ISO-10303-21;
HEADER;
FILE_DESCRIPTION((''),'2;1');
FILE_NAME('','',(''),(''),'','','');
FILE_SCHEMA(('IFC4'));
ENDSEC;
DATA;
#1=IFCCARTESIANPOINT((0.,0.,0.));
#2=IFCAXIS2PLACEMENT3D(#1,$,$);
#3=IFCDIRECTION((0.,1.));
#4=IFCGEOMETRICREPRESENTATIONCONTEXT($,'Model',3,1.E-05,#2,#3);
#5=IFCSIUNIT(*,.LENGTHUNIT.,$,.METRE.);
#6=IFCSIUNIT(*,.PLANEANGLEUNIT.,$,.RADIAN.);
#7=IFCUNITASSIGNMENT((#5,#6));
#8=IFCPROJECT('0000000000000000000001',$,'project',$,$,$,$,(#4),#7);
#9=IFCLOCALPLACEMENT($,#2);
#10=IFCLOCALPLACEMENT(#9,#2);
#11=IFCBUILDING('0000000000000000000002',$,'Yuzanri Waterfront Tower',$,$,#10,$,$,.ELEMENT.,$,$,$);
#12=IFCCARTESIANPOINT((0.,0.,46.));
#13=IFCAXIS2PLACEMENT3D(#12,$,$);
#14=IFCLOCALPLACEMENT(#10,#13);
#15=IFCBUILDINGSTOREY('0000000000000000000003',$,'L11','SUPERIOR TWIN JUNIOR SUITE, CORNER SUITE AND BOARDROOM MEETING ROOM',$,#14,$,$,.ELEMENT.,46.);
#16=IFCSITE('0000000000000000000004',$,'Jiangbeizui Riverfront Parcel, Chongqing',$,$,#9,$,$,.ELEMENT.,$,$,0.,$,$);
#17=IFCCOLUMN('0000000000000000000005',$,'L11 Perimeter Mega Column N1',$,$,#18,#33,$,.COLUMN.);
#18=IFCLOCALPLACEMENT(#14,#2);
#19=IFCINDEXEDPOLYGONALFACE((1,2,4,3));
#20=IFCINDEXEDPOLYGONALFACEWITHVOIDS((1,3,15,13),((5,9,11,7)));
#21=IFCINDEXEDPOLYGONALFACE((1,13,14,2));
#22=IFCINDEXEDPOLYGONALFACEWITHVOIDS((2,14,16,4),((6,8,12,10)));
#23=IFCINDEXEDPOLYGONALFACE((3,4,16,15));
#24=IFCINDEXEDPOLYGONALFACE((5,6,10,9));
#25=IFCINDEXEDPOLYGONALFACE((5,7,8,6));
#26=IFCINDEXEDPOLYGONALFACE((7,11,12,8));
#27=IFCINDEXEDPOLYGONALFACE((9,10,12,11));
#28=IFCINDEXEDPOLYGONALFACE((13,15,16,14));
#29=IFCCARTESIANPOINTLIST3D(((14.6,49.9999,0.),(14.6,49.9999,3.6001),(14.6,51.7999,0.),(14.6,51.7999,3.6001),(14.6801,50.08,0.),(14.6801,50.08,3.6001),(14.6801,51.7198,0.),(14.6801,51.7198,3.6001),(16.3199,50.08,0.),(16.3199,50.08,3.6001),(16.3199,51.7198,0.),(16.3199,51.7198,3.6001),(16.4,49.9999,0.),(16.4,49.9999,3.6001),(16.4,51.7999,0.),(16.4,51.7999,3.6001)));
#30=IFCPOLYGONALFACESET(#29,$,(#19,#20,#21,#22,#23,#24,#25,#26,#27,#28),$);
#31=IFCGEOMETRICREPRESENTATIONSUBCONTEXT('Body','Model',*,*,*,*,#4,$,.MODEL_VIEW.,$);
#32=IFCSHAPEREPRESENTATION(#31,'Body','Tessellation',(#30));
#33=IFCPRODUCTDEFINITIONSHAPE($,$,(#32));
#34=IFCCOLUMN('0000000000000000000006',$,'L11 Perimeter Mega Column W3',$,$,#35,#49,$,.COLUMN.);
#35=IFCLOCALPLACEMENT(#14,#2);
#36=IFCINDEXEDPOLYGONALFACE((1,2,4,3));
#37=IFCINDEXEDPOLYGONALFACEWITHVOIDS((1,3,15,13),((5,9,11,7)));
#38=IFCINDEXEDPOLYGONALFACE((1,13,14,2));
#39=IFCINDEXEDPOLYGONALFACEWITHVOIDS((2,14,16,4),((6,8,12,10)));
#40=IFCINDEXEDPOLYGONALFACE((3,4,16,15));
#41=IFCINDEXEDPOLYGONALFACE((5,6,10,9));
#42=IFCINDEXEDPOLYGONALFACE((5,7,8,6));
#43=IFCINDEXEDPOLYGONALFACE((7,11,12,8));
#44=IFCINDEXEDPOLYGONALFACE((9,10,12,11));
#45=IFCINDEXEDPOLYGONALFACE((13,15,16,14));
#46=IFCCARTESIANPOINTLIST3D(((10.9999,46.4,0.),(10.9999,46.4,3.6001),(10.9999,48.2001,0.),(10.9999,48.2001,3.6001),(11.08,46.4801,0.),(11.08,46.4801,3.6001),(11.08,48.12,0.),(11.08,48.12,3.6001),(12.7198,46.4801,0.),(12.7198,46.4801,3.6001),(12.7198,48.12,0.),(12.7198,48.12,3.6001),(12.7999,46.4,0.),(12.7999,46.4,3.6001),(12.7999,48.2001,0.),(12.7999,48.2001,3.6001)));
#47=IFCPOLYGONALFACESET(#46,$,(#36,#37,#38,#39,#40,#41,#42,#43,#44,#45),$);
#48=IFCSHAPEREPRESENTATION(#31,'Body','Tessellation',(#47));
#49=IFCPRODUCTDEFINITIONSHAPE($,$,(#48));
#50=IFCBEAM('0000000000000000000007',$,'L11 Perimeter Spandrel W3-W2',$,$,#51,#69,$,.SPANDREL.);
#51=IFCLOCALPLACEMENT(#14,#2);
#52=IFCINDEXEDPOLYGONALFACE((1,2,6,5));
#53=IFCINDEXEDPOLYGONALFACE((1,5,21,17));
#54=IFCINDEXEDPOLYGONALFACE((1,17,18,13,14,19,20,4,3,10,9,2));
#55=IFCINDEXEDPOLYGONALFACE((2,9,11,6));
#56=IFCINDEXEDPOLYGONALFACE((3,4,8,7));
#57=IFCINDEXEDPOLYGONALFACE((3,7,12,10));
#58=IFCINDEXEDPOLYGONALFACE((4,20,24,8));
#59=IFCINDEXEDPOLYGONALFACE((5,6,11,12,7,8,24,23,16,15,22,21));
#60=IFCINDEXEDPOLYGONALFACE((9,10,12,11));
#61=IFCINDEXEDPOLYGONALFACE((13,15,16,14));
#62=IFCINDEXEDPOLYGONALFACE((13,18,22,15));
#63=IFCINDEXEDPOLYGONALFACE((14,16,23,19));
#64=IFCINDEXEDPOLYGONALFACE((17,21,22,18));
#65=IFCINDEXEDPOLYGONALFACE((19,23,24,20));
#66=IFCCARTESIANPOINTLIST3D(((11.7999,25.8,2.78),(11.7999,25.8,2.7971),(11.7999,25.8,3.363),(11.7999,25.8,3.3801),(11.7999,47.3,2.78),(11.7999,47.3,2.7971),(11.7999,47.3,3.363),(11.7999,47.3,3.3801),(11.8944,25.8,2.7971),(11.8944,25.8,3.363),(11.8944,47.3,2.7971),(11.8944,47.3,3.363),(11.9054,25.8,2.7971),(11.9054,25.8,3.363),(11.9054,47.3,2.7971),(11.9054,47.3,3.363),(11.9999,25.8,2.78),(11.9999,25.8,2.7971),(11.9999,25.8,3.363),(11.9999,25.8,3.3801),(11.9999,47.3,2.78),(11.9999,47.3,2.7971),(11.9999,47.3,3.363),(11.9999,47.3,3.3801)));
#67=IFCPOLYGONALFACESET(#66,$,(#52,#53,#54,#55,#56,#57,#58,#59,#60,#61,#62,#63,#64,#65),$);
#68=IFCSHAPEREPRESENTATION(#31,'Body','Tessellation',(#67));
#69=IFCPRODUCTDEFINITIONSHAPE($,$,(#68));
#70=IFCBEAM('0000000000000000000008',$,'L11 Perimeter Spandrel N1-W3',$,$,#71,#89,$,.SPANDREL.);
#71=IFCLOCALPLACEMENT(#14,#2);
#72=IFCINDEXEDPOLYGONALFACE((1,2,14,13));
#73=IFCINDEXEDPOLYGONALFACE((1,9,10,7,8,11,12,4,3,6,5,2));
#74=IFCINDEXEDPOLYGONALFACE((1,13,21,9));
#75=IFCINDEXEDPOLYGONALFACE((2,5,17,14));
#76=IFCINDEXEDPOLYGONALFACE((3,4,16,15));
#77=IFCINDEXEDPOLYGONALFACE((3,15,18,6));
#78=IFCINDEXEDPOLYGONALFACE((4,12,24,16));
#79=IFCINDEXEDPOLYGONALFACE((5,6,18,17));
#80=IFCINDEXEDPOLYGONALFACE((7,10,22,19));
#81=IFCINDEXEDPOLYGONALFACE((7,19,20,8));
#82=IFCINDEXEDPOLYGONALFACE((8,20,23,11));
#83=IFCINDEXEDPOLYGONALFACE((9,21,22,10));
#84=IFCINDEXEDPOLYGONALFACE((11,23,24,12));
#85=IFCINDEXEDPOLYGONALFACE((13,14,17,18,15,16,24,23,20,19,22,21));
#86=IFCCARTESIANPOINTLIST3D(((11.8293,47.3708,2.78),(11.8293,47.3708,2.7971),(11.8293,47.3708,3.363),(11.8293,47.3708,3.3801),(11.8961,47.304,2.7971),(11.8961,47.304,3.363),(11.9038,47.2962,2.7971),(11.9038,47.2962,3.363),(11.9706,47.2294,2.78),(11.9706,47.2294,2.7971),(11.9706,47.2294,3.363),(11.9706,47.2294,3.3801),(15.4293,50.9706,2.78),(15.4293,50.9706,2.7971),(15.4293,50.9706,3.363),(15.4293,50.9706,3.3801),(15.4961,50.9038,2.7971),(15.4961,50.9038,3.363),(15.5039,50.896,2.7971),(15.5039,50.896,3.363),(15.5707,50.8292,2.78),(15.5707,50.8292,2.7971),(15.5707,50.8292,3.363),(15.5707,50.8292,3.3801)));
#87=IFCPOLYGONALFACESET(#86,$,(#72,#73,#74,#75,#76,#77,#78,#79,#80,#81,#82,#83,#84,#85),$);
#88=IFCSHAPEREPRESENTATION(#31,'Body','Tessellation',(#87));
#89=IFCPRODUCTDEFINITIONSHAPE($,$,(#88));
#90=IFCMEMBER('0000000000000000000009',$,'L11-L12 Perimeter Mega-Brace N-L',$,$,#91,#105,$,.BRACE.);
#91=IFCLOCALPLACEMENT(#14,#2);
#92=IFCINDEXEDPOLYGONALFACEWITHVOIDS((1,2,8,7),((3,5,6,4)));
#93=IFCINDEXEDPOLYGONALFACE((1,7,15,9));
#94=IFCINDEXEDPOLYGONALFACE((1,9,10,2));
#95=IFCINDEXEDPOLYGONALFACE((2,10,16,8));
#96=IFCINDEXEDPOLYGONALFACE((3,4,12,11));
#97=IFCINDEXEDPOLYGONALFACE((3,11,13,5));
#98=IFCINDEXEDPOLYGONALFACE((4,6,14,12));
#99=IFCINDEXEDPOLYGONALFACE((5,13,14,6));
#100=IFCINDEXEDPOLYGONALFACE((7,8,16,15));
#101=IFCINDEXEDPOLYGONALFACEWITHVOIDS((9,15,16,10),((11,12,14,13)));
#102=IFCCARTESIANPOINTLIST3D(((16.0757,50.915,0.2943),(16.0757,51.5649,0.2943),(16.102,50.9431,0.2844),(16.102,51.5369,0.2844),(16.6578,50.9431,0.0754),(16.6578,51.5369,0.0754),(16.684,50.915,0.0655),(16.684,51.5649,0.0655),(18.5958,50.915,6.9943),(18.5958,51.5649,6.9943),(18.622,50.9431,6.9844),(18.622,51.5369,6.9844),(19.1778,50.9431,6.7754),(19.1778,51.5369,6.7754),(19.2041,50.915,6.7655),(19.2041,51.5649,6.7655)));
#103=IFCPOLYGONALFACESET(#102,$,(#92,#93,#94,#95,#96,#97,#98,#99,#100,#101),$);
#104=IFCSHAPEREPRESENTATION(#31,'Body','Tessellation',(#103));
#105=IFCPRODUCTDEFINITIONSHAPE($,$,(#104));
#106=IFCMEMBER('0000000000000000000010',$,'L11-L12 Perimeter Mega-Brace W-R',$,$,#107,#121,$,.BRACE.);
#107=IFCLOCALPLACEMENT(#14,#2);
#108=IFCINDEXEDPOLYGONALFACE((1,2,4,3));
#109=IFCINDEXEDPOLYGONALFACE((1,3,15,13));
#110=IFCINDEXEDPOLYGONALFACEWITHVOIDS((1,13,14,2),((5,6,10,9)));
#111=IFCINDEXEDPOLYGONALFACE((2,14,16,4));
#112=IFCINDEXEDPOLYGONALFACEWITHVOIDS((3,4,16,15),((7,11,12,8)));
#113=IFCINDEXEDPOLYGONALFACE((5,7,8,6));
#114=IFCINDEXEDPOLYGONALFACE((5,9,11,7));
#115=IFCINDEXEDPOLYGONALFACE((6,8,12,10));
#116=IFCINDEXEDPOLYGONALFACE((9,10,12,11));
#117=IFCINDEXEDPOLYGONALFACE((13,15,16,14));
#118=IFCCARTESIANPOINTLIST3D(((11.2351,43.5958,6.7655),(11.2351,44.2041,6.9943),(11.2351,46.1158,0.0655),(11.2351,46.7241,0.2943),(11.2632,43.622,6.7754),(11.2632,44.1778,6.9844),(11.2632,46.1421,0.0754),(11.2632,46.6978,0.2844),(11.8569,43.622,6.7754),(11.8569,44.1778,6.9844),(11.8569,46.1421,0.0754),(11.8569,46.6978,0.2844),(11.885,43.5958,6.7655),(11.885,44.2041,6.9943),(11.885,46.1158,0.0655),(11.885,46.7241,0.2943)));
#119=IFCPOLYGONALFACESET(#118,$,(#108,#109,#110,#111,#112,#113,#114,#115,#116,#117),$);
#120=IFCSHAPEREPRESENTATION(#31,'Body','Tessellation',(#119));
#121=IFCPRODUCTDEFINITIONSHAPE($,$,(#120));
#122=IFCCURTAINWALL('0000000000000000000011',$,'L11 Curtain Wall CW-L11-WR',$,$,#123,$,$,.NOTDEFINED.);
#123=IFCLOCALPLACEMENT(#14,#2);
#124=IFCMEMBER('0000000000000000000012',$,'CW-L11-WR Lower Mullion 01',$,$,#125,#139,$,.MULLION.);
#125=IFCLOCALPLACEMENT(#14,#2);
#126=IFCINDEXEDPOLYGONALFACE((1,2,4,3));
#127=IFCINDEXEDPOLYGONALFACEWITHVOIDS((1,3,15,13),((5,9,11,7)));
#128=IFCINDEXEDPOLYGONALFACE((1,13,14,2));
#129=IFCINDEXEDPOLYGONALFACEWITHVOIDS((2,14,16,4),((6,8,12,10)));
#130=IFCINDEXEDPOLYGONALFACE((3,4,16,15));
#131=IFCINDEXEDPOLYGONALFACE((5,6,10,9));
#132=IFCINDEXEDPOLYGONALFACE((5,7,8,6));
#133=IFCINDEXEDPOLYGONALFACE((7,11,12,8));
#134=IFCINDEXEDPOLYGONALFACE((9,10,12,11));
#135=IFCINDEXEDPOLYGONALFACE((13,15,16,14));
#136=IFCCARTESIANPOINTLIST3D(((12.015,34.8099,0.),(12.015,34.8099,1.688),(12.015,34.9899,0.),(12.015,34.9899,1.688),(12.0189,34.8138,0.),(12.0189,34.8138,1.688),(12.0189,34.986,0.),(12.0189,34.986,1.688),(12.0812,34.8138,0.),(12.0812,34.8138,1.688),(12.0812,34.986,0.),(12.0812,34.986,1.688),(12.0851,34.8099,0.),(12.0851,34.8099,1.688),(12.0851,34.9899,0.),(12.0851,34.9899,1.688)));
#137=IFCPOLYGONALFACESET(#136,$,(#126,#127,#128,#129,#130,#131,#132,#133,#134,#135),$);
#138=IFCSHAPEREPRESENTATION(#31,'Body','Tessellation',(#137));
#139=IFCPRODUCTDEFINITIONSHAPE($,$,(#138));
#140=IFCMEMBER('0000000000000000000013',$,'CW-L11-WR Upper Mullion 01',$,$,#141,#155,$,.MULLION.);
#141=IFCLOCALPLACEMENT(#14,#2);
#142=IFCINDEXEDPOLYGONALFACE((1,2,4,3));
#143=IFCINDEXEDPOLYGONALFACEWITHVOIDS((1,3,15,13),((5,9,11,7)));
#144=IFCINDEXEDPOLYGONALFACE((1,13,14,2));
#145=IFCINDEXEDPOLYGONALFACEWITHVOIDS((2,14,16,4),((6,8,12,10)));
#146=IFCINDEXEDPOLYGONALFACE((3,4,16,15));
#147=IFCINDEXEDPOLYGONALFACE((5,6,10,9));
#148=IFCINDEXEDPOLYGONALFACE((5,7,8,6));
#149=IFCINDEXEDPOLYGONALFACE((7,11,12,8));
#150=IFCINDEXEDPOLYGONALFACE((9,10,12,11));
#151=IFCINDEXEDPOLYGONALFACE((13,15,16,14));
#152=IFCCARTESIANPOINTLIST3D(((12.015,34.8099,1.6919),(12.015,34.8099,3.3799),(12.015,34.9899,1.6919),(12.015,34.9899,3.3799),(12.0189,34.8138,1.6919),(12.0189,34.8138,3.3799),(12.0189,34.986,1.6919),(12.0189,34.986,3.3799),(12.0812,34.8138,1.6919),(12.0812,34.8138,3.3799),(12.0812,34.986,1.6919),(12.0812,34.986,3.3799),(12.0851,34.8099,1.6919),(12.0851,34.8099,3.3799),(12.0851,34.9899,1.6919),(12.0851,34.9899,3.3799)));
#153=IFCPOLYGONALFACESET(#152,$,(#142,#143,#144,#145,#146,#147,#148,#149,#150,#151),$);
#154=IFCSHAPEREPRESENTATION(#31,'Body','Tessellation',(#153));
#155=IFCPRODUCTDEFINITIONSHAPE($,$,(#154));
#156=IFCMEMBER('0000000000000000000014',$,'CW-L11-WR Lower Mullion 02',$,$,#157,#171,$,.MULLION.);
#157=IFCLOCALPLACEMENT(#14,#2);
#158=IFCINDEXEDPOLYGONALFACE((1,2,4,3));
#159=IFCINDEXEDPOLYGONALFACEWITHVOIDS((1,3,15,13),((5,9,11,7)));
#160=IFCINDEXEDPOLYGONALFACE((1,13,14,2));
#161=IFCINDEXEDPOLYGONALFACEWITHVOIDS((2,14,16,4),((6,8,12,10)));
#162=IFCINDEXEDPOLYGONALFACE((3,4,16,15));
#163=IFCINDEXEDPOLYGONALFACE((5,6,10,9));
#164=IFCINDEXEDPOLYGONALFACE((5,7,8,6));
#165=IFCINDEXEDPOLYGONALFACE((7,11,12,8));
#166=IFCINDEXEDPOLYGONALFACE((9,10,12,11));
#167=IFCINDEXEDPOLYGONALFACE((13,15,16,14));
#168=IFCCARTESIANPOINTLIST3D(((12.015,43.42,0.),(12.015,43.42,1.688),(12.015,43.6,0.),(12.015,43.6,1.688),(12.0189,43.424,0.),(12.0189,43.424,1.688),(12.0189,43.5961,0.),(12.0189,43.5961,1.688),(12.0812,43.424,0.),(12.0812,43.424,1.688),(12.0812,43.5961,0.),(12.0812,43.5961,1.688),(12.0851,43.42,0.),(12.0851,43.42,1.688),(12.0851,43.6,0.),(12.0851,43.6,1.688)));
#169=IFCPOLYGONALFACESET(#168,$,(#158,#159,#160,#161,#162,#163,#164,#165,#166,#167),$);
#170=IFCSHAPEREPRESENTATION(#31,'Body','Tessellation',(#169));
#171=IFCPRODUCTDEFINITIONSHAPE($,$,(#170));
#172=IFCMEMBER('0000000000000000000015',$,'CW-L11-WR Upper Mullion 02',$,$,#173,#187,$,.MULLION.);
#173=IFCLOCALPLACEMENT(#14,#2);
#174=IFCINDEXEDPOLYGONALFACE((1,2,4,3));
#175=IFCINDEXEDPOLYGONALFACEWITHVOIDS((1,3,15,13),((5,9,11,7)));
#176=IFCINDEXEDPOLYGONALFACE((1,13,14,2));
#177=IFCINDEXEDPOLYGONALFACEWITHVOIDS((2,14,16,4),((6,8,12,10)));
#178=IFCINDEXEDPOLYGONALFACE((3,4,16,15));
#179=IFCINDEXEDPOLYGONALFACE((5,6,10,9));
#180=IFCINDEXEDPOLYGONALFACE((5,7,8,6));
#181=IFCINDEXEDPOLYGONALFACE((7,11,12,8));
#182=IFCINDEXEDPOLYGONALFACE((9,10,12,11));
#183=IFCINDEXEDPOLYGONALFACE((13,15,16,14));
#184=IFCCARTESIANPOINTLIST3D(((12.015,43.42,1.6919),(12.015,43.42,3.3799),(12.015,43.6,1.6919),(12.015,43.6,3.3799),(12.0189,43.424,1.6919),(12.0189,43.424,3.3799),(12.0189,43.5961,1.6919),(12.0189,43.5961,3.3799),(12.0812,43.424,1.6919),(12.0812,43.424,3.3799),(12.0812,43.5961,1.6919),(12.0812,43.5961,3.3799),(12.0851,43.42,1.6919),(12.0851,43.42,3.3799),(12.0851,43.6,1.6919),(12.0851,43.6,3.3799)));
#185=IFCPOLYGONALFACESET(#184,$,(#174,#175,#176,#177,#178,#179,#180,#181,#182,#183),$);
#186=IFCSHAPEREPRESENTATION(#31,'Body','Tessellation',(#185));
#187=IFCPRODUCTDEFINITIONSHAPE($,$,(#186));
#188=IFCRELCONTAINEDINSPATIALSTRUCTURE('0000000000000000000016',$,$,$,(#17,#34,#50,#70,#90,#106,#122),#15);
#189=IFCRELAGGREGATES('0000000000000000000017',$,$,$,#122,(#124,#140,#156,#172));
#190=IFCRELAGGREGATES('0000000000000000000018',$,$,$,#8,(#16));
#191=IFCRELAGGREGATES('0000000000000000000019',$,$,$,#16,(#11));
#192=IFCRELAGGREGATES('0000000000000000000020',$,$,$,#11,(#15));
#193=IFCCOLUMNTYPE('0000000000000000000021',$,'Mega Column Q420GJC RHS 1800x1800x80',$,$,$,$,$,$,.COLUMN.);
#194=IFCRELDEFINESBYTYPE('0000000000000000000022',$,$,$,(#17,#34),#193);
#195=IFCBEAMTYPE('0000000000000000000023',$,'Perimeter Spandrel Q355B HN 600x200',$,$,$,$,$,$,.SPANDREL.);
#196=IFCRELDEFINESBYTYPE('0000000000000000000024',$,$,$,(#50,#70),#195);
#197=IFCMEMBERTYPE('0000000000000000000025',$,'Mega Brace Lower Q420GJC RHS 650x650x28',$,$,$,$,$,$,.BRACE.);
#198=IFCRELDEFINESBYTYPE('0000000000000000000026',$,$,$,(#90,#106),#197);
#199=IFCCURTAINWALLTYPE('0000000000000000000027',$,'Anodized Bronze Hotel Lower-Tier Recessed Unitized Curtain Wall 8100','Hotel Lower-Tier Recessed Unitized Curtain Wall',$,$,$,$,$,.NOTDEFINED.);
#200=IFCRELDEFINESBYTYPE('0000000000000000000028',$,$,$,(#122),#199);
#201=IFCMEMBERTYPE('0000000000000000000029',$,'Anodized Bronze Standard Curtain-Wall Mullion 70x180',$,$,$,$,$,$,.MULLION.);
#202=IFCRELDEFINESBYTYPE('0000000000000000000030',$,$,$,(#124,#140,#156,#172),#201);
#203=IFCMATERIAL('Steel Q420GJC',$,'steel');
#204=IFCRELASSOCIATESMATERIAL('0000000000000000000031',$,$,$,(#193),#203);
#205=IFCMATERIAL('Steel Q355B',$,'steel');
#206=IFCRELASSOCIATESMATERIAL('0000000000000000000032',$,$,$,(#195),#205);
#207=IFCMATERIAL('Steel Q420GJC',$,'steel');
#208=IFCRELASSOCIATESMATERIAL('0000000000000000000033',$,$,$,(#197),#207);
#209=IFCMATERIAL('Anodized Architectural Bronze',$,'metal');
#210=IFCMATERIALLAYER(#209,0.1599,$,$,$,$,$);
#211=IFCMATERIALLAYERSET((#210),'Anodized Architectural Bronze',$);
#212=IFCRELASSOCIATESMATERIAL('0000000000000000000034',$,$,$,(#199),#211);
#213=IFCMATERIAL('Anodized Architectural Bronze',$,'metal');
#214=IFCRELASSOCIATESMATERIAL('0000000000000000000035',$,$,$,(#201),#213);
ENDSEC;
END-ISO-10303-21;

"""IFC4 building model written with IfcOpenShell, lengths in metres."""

from ifc_helpers import new_model, si_unit, direction, frame, origin, origin_2d, place, context, subcontext, project, spatial, hollow_rectangle, i_section, extrude, source, transform, mapped, material, layer, layer_set, material_profile, profile_set, type_object, element, aggregate, save


model = new_model("IFC4")

# Units and contexts
model_context = context("Model", 3, precision=1e-05, world=origin(), true_north=direction((0.0, 1.0)))
body_context = subcontext(model_context, "Body", "Model", "MODEL_VIEW")
ifc_project = project(units=[si_unit("LENGTHUNIT", "METRE"), si_unit("PLANEANGLEUNIT", "RADIAN")], contexts=[model_context])

# Site, building, storey
site_placement = place(None, origin())
site = spatial("IfcSite", under=ifc_project, at=site_placement, Name="Jiangbeizui Riverfront Parcel, Chongqing", CompositionType="ELEMENT", RefElevation=0.0)
building_placement = place(site_placement, origin())
building = spatial("IfcBuilding", under=site, at=building_placement, Name="Yuzanri Waterfront Tower", CompositionType="ELEMENT")
storey_placement = place(building_placement, frame((0.0, 0.0, 46.0)))
storey = spatial("IfcBuildingStorey", under=building, at=storey_placement, Name="L11", Description="SUPERIOR TWIN JUNIOR SUITE, CORNER SUITE AND BOARDROOM MEETING ROOM", CompositionType="ELEMENT", Elevation=46.0)

# Columns
ifc_material_1 = material(Name="Steel Q420GJC", Category="steel")
ifc_material_profile_1 = material_profile(ifc_material_1, hollow_rectangle(XDim=1.8, YDim=1.8, WallThickness=0.0801, at=origin_2d()), Name="RHS 1800x1800x80")
ifc_profile_set_1 = profile_set([ifc_material_profile_1], Name="Steel Q420GJC")
column_type = type_object("IfcColumnType", Name="Mega Column Q420GJC RHS 1800x1800x80", PredefinedType="COLUMN", material=ifc_profile_set_1)
shared_shape_1 = source(origin(), body_context, "Body", "SweptSolid", [
    extrude(hollow_rectangle(XDim=1.8, YDim=1.8, WallThickness=0.0801, at=origin_2d()), origin(), (0.0, 0.0, 1.0), 3.6001),
])
for number, where, z_axis, x_axis, name in (
    (1, (15.5, 50.8999, 0.0), (0.0, 0.0, 1.0), (1.0, 0.0, 0.0), "L11 Perimeter Mega Column N1"),
    (2, (11.8999, 47.3, 0.0), (0.0, 0.0, 1.0), (1.0, 0.0, 0.0), "L11 Perimeter Mega Column W3"),
):
    element("IfcColumn", number, at=place(storey_placement, frame(where, z_axis=z_axis, x_axis=x_axis)), inside=storey, type_object=column_type, Name=name, PredefinedType="COLUMN", context=body_context, shape_type="MappedRepresentation", body=[
        mapped(shared_shape_1, transform((0.0, 0.0, 0.0), scale=1.0)),
    ])

# Beams
ifc_material_2 = material(Name="Steel Q355B", Category="steel")
ifc_material_profile_2 = material_profile(ifc_material_2, i_section(OverallWidth=0.2, OverallDepth=0.6001, WebThickness=0.011, FlangeThickness=0.0171, at=origin_2d()), Name="HN 600x200x11x17")
ifc_profile_set_2 = profile_set([ifc_material_profile_2], Name="Steel Q355B")
beam_type = type_object("IfcBeamType", Name="Perimeter Spandrel Q355B HN 600x200", PredefinedType="SPANDREL", material=ifc_profile_set_2)
shared_shape_2 = source(origin(), body_context, "Body", "SweptSolid", [
    extrude(i_section(OverallWidth=0.2, OverallDepth=0.6001, WebThickness=0.011, FlangeThickness=0.0171, at=origin_2d()), origin(), (0.0, 0.0, 1.0), 21.5),
])
beam_1_placement = place(storey_placement, frame((11.8999, 47.3, 3.0801), z_axis=(0.0, -1.0, 0.0), x_axis=(1.0, 0.0, 0.0)))
element("IfcBeam", 3, at=beam_1_placement, inside=storey, type_object=beam_type, Name="L11 Perimeter Spandrel W3-W2", PredefinedType="SPANDREL", context=body_context, shape_type="MappedRepresentation", body=[
    mapped(shared_shape_2, transform((0.0, 0.0, 0.0), scale=1.0)),
])
shared_shape_3 = source(origin(), body_context, "Body", "SweptSolid", [
    extrude(i_section(OverallWidth=0.2, OverallDepth=0.6001, WebThickness=0.011, FlangeThickness=0.0171, at=origin_2d()), origin(), (0.0, 0.0, 1.0), 5.0911),
])
beam_2_placement = place(storey_placement, frame((15.5, 50.8999, 3.0801), z_axis=(-0.707131, -0.707083, 0.0), x_axis=(0.707083, -0.707131, 0.0)))
element("IfcBeam", 4, at=beam_2_placement, inside=storey, type_object=beam_type, Name="L11 Perimeter Spandrel N1-W3", PredefinedType="SPANDREL", context=body_context, shape_type="MappedRepresentation", body=[
    mapped(shared_shape_3, transform((0.0, 0.0, 0.0), scale=1.0)),
])

# Members
ifc_material_3 = material(Name="Steel Q420GJC", Category="steel")
ifc_material_profile_3 = material_profile(ifc_material_3, hollow_rectangle(XDim=0.6499, YDim=0.6499, WallThickness=0.0281, at=origin_2d()), Name="RHS 650x650x28")
ifc_profile_set_3 = profile_set([ifc_material_profile_3], Name="Steel Q420GJC")
member_type_1 = type_object("IfcMemberType", Name="Mega Brace Lower Q420GJC RHS 650x650x28", PredefinedType="BRACE", material=ifc_profile_set_3)
shared_shape_4 = source(origin(), body_context, "Body", "SweptSolid", [
    extrude(hollow_rectangle(XDim=0.6499, YDim=0.6499, WallThickness=0.0281, at=origin_2d()), origin(), (0.0, 0.0, 1.0), 7.1582),
])
for number, where, z_axis, x_axis, name in (
    (5, (16.3799, 51.24, 0.1799), (0.352046, 0.0, 0.935983), (0.0, 1.0, 0.0), "L11-L12 Perimeter Mega-Brace N-L"),
    (6, (11.5601, 46.4199, 0.1799), (0.0, -0.352046, 0.935983), (1.0, 0.0, 0.0), "L11-L12 Perimeter Mega-Brace W-R"),
):
    element("IfcMember", number, at=place(storey_placement, frame(where, z_axis=z_axis, x_axis=x_axis)), inside=storey, type_object=member_type_1, Name=name, PredefinedType="BRACE", context=body_context, shape_type="MappedRepresentation", body=[
        mapped(shared_shape_4, transform((0.0, 0.0, 0.0), scale=1.0)),
    ])

# Curtain wall, members
ifc_material_4 = material(Name="Anodized Architectural Bronze", Category="metal")
ifc_layer_1 = layer(ifc_material_4, 0.1599)
ifc_layer_set_1 = layer_set([ifc_layer_1], Name="Anodized Architectural Bronze")
curtain_wall_type = type_object("IfcCurtainWallType", Name="Anodized Bronze Hotel Lower-Tier Recessed Unitized Curtain Wall 8100", Description="Hotel Lower-Tier Recessed Unitized Curtain Wall", PredefinedType="NOTDEFINED", material=ifc_layer_set_1)
curtain_wall_placement = place(storey_placement, origin())
curtain_wall = element("IfcCurtainWall", 7, at=curtain_wall_placement, inside=storey, type_object=curtain_wall_type, Name="L11 Curtain Wall CW-L11-WR", PredefinedType="NOTDEFINED")
ifc_material_5 = material(Name="Anodized Architectural Bronze", Category="metal")
ifc_material_profile_4 = material_profile(ifc_material_5, hollow_rectangle(XDim=0.0701, YDim=0.1799, WallThickness=0.0039, at=origin_2d()), Name="CWM 70x180")
ifc_profile_set_4 = profile_set([ifc_material_profile_4], Name="Anodized Architectural Bronze")
member_type_2 = type_object("IfcMemberType", Name="Anodized Bronze Standard Curtain-Wall Mullion 70x180", PredefinedType="MULLION", material=ifc_profile_set_4)
shared_shape_5 = source(origin(), body_context, "Body", "SweptSolid", [
    extrude(hollow_rectangle(XDim=0.0701, YDim=0.1799, WallThickness=0.0039, at=origin_2d()), origin(), (0.0, 0.0, 1.0), 1.688),
])
member_1_placement = place(storey_placement, frame((12.05, 34.8999, 0.0), z_axis=(0.0, 0.0, 1.0), x_axis=(1.0, 0.0, 0.0)))
member_1 = element("IfcMember", 8, at=member_1_placement, type_object=member_type_2, Name="CW-L11-WR Lower Mullion 01", PredefinedType="MULLION", context=body_context, shape_type="MappedRepresentation", body=[
    mapped(shared_shape_5, transform((0.0, 0.0, 0.0), scale=1.0)),
])
member_2_placement = place(storey_placement, frame((12.05, 34.8999, 1.6919), z_axis=(0.0, 0.0, 1.0), x_axis=(1.0, 0.0, 0.0)))
member_2 = element("IfcMember", 9, at=member_2_placement, type_object=member_type_2, Name="CW-L11-WR Upper Mullion 01", PredefinedType="MULLION", context=body_context, shape_type="MappedRepresentation", body=[
    mapped(shared_shape_5, transform((0.0, 0.0, 0.0), scale=1.0)),
])
member_3_placement = place(storey_placement, frame((12.05, 43.51, 0.0), z_axis=(0.0, 0.0, 1.0), x_axis=(1.0, 0.0, 0.0)))
member_3 = element("IfcMember", 10, at=member_3_placement, type_object=member_type_2, Name="CW-L11-WR Lower Mullion 02", PredefinedType="MULLION", context=body_context, shape_type="MappedRepresentation", body=[
    mapped(shared_shape_5, transform((0.0, 0.0, 0.0), scale=1.0)),
])
member_4_placement = place(storey_placement, frame((12.05, 43.51, 1.6919), z_axis=(0.0, 0.0, 1.0), x_axis=(1.0, 0.0, 0.0)))
member_4 = element("IfcMember", 11, at=member_4_placement, type_object=member_type_2, Name="CW-L11-WR Upper Mullion 02", PredefinedType="MULLION", context=body_context, shape_type="MappedRepresentation", body=[
    mapped(shared_shape_5, transform((0.0, 0.0, 0.0), scale=1.0)),
])

aggregate(curtain_wall, [member_1, member_2, member_3, member_4])

save(model, "model.ifc")
